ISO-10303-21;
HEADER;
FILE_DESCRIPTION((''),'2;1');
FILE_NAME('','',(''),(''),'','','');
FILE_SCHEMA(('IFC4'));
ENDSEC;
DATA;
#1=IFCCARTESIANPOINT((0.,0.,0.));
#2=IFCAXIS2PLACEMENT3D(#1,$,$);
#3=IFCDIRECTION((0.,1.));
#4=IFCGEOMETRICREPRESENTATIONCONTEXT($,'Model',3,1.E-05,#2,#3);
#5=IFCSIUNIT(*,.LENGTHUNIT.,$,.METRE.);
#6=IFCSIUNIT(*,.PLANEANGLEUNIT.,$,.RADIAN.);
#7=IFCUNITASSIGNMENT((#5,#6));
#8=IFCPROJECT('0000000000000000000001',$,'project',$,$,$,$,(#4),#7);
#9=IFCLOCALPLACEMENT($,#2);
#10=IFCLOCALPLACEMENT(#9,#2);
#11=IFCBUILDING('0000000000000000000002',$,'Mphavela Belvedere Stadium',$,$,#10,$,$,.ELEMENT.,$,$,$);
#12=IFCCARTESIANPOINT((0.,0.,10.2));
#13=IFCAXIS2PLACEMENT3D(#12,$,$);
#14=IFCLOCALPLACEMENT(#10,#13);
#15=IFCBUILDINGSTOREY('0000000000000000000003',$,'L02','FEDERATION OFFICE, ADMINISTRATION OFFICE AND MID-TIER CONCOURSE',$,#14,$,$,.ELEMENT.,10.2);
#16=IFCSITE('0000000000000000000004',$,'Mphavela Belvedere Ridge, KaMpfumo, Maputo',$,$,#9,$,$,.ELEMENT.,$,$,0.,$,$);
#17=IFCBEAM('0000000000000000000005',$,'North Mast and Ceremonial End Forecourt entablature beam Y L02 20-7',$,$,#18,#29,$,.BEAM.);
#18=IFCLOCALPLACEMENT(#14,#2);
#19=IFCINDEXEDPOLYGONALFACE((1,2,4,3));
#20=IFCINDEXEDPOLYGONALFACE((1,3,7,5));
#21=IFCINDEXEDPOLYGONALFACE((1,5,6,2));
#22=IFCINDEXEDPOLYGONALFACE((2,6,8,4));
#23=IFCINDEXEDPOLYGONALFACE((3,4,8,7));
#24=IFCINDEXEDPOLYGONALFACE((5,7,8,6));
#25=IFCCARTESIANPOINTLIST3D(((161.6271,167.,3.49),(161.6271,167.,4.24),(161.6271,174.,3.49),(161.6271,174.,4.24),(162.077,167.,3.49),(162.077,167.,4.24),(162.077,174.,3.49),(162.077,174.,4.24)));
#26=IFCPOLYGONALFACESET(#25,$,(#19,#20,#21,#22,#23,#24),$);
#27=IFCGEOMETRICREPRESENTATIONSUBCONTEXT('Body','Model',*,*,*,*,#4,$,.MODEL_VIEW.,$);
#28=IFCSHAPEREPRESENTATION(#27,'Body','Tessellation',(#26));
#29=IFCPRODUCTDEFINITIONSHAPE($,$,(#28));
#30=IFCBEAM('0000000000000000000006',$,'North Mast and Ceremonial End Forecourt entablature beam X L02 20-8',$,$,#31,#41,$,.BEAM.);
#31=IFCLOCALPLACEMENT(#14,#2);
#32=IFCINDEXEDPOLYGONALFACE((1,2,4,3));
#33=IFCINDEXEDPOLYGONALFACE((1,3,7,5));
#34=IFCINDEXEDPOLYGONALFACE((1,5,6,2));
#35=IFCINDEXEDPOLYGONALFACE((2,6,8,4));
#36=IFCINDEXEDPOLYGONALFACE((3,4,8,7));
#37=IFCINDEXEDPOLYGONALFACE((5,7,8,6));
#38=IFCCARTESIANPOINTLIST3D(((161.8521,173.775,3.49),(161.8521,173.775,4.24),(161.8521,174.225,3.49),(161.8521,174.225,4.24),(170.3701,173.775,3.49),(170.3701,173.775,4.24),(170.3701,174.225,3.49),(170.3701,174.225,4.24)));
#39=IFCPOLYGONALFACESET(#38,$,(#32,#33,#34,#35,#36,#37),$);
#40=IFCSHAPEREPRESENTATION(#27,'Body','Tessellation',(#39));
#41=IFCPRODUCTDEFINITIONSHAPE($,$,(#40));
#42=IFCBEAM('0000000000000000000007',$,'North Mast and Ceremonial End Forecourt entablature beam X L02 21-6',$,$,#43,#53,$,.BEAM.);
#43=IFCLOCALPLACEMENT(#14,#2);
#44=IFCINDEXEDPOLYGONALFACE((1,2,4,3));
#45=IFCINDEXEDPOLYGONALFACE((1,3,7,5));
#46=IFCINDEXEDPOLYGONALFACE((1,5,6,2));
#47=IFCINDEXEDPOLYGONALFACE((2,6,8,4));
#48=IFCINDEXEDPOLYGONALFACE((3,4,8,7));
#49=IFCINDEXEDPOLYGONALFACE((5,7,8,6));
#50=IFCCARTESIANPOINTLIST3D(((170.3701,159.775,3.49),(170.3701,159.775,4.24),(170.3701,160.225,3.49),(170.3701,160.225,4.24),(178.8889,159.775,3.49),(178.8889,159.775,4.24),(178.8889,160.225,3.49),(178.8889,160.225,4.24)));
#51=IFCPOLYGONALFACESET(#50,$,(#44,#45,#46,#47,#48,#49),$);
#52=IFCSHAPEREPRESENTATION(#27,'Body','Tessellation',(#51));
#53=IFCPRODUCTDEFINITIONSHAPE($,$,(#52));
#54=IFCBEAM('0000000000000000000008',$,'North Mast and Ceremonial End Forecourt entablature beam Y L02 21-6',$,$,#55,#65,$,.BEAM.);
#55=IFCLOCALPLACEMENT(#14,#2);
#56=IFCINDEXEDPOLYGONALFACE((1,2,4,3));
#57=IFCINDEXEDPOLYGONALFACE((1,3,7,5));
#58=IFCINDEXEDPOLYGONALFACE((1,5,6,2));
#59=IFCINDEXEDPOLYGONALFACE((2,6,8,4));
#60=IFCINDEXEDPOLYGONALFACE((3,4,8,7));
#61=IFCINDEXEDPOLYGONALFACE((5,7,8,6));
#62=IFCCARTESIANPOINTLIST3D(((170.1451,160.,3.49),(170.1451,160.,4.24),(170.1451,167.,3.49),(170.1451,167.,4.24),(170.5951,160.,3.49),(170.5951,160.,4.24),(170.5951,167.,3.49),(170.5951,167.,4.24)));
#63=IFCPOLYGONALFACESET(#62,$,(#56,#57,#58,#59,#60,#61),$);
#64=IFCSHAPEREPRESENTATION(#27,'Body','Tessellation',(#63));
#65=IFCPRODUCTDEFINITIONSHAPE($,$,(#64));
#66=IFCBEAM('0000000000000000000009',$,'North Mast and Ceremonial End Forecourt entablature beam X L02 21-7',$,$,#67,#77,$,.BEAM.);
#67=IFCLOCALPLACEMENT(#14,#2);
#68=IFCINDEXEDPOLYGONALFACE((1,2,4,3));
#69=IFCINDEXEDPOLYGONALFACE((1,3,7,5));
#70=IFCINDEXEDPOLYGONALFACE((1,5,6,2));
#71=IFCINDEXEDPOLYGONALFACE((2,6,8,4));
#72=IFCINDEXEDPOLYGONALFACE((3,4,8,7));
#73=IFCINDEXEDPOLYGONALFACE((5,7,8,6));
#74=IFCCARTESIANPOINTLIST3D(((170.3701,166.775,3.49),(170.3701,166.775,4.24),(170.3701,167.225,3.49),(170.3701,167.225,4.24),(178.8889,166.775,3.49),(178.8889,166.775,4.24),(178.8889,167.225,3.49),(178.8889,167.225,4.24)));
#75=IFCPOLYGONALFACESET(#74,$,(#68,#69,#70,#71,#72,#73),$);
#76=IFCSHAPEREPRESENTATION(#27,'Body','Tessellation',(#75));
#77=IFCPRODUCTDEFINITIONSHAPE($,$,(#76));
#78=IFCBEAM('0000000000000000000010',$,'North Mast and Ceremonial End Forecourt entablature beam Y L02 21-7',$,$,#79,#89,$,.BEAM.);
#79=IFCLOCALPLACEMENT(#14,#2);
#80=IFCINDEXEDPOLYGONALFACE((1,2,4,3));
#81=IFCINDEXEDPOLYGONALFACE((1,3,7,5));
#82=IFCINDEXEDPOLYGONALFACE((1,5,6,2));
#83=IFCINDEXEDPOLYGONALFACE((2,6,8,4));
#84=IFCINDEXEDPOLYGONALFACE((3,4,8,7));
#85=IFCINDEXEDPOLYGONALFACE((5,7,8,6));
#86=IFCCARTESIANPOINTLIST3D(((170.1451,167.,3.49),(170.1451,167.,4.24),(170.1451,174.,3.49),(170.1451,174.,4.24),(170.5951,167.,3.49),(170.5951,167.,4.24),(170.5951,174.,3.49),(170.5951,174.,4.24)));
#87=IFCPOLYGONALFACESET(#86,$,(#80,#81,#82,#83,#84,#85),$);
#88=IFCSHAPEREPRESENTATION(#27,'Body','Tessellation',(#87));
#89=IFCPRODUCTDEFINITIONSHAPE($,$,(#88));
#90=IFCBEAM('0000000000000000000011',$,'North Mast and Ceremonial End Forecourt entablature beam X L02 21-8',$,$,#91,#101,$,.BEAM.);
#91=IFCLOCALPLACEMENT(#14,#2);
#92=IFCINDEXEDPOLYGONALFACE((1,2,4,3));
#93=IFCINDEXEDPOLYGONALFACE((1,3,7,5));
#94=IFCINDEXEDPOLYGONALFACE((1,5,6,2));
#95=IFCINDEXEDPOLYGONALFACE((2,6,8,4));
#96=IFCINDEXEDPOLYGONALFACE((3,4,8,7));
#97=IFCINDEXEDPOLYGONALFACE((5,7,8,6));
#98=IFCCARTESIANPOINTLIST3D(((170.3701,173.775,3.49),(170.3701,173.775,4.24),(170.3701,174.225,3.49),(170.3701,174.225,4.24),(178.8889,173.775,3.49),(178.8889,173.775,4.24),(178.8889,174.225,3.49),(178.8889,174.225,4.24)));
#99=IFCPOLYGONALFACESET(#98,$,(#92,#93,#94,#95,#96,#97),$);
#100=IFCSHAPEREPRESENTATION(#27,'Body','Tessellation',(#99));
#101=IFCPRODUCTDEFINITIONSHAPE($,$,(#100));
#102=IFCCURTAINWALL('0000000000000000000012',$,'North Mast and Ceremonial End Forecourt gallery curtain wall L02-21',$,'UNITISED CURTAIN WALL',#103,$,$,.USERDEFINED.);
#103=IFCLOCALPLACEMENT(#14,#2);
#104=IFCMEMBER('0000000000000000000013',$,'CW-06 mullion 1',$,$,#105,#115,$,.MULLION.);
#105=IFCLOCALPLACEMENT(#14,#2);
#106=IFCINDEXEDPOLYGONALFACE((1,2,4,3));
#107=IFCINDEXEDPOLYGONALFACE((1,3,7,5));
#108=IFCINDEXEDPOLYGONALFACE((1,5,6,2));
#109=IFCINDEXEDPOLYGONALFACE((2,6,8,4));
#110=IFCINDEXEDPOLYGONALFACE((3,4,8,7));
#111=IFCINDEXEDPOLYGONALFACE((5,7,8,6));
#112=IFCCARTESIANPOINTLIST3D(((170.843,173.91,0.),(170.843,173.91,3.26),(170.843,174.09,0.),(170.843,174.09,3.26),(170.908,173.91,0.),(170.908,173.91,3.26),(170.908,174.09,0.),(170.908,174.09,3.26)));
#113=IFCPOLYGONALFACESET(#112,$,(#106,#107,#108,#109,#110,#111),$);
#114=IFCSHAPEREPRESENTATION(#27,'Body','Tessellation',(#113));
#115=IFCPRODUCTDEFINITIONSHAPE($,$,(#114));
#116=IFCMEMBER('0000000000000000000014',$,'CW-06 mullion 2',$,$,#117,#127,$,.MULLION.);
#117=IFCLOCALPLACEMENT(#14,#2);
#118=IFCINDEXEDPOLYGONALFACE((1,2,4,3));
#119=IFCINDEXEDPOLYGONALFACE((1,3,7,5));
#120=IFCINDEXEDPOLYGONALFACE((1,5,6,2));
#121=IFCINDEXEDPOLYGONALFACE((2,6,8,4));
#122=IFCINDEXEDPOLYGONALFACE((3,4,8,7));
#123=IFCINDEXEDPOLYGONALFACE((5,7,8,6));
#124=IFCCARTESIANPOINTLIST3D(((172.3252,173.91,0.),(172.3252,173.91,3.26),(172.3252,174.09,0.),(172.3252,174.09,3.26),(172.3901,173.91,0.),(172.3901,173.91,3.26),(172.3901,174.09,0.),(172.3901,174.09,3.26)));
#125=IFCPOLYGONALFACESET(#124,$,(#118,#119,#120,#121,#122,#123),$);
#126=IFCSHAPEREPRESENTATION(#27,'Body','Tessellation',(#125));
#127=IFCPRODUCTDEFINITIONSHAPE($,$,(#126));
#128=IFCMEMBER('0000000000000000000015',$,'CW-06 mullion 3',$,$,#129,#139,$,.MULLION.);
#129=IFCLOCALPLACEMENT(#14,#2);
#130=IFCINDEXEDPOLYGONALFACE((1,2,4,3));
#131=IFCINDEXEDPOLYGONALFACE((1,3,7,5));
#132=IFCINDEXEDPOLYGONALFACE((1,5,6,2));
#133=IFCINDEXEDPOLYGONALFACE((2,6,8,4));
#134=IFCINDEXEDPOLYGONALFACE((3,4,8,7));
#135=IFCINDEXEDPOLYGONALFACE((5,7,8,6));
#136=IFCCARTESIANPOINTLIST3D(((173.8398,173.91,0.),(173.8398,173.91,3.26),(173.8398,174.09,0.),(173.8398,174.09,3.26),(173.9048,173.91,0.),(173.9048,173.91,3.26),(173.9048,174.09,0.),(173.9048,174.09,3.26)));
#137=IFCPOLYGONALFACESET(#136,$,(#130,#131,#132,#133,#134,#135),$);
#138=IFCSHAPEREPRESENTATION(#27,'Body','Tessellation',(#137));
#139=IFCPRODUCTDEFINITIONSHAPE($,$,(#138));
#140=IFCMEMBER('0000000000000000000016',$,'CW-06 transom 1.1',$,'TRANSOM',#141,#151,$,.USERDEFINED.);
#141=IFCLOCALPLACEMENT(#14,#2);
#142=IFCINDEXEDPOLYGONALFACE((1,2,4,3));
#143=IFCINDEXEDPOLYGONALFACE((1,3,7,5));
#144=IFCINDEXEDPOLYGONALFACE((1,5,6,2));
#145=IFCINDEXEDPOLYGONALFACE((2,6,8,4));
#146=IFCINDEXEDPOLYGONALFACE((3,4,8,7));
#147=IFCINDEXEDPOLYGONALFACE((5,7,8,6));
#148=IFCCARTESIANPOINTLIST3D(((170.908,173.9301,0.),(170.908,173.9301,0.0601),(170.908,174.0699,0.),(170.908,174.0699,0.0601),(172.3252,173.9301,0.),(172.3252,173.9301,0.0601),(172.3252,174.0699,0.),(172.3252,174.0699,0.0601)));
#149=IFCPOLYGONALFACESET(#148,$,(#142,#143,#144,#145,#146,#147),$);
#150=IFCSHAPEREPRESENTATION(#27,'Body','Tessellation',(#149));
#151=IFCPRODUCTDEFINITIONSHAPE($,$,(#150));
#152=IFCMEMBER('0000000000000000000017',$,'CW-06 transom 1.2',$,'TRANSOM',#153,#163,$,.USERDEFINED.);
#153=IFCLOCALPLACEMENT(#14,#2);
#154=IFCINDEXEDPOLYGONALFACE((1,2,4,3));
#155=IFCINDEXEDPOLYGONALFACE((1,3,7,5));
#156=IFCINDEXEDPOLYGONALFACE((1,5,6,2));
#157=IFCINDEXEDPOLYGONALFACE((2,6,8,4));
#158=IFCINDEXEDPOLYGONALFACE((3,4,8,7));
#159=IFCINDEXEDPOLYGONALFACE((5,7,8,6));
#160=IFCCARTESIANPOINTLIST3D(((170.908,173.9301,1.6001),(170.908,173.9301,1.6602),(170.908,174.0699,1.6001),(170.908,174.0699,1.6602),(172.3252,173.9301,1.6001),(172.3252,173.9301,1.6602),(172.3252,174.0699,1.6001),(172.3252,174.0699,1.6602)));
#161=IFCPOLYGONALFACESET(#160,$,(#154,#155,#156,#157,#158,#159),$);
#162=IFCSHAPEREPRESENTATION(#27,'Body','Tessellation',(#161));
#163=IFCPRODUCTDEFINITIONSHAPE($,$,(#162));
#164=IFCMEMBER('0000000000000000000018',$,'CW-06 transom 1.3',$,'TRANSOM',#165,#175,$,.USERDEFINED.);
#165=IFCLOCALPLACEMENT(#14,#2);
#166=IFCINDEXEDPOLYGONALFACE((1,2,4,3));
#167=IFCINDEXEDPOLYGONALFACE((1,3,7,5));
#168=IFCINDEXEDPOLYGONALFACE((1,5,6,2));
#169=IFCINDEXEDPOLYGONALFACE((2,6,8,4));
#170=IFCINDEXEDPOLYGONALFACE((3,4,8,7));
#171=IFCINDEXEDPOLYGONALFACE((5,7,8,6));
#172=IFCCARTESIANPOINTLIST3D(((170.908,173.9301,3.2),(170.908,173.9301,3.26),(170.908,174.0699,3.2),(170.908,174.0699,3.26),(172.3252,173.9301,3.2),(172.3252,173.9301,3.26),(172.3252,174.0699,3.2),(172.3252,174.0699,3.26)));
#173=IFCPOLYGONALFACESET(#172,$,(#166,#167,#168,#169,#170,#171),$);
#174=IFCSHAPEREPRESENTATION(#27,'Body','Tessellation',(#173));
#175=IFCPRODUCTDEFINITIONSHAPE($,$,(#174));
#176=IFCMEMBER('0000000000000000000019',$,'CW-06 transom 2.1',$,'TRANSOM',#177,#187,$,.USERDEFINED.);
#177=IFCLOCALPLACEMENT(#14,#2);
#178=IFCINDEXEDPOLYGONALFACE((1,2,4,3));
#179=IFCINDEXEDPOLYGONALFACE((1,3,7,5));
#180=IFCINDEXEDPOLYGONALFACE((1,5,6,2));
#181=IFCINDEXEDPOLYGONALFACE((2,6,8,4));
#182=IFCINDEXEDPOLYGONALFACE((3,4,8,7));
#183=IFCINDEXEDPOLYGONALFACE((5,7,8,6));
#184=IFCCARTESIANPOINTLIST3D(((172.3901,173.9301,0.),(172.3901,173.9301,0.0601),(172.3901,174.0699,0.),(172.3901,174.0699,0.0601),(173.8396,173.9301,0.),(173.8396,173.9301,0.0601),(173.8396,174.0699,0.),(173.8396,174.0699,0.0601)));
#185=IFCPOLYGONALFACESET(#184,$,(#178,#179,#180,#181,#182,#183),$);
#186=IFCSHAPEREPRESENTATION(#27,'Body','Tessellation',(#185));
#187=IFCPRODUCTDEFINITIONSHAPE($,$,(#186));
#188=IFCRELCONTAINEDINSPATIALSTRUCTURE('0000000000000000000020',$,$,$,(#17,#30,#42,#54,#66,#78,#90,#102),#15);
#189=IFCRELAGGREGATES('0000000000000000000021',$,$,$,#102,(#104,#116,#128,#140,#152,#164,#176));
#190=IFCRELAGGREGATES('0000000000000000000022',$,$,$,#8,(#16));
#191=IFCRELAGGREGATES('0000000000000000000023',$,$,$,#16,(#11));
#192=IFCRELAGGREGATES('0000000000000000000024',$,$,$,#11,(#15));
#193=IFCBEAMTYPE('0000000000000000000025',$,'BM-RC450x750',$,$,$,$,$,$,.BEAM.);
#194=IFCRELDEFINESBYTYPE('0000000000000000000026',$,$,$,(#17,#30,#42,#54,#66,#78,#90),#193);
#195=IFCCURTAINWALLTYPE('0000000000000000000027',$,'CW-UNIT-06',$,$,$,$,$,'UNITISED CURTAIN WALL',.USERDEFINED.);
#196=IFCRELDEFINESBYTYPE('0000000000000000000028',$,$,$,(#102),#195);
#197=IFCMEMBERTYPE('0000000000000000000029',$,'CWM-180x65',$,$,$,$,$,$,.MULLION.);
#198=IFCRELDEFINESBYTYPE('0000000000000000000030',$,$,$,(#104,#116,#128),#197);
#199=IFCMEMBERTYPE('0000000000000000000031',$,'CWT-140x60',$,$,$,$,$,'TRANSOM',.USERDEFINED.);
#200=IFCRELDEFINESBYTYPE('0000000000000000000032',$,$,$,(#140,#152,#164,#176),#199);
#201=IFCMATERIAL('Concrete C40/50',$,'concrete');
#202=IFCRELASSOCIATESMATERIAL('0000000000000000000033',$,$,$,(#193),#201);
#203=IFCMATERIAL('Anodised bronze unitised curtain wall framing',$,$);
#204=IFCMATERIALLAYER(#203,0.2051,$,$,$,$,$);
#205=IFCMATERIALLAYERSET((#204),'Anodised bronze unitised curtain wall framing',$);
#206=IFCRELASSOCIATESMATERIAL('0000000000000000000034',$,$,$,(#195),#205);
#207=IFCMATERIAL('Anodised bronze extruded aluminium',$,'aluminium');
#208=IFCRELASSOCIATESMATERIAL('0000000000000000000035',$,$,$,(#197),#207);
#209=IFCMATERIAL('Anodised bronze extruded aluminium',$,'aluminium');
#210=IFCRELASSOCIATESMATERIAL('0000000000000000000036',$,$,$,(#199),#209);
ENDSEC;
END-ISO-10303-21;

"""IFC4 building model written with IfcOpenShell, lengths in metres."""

from ifc_helpers import new_model, si_unit, direction, frame, origin, origin_2d, place, context, subcontext, project, spatial, rectangle, extrude, material, layer, layer_set, material_profile, profile_set, type_object, element, aggregate, save


model = new_model("IFC4")

# Units and contexts
model_context = context("Model", 3, precision=1e-05, world=origin(), true_north=direction((0.0, 1.0)))
body_context = subcontext(model_context, "Body", "Model", "MODEL_VIEW")
ifc_project = project(units=[si_unit("LENGTHUNIT", "METRE"), si_unit("PLANEANGLEUNIT", "RADIAN")], contexts=[model_context])

# Site, building, storey
site_placement = place(None, origin())
site = spatial("IfcSite", under=ifc_project, at=site_placement, Name="Mphavela Belvedere Ridge, KaMpfumo, Maputo", CompositionType="ELEMENT", RefElevation=0.0)
building_placement = place(site_placement, origin())
building = spatial("IfcBuilding", under=site, at=building_placement, Name="Mphavela Belvedere Stadium", CompositionType="ELEMENT")
storey_placement = place(building_placement, frame((0.0, 0.0, 10.2)))
storey = spatial("IfcBuildingStorey", under=building, at=storey_placement, Name="L02", Description="FEDERATION OFFICE, ADMINISTRATION OFFICE AND MID-TIER CONCOURSE", CompositionType="ELEMENT", Elevation=10.2)

# Beams
ifc_material_1 = material(Name="Concrete C40/50", Category="concrete")
ifc_material_profile_1 = material_profile(ifc_material_1, rectangle(XDim=0.45, YDim=0.75, at=origin_2d()), Name="RC 450x750")
ifc_profile_set_1 = profile_set([ifc_material_profile_1], Name="Concrete C40/50")
beam_type_1 = type_object("IfcBeamType", Name="BM-RC450x750", PredefinedType="BEAM", material=ifc_profile_set_1)
beam_1_placement = place(storey_placement, frame((161.8521, 167.0, 3.865), z_axis=(0.0, 1.0, 0.0), x_axis=(-1.0, 0.0, 0.0)))
element("IfcBeam", 1, at=beam_1_placement, inside=storey, type_object=beam_type_1, Name="North Mast and Ceremonial End Forecourt entablature beam Y L02 20-7", PredefinedType="BEAM", context=body_context, shape_type="SweptSolid", body=[
    extrude(rectangle(XDim=0.45, YDim=0.75, at=origin_2d()), origin(), (0.0, 0.0, 1.0), 7.0),
])
beam_2_placement = place(storey_placement, frame((161.8521, 174.0, 3.865), z_axis=(1.0, 0.0, 0.0), x_axis=(0.0, 1.0, 0.0)))
element("IfcBeam", 2, at=beam_2_placement, inside=storey, type_object=beam_type_1, Name="North Mast and Ceremonial End Forecourt entablature beam X L02 20-8", PredefinedType="BEAM", context=body_context, shape_type="SweptSolid", body=[
    extrude(rectangle(XDim=0.45, YDim=0.75, at=origin_2d()), origin(), (0.0, 0.0, 1.0), 8.5181),
])
beam_3_placement = place(storey_placement, frame((170.3701, 160.0, 3.865), z_axis=(1.0, 0.0, 0.0), x_axis=(0.0, 1.0, 0.0)))
element("IfcBeam", 3, at=beam_3_placement, inside=storey, type_object=beam_type_1, Name="North Mast and Ceremonial End Forecourt entablature beam X L02 21-6", PredefinedType="BEAM", context=body_context, shape_type="SweptSolid", body=[
    extrude(rectangle(XDim=0.45, YDim=0.75, at=origin_2d()), origin(), (0.0, 0.0, 1.0), 8.5188),
])
beam_4_placement = place(storey_placement, frame((170.3701, 160.0, 3.865), z_axis=(0.0, 1.0, 0.0), x_axis=(-1.0, 0.0, 0.0)))
element("IfcBeam", 4, at=beam_4_placement, inside=storey, type_object=beam_type_1, Name="North Mast and Ceremonial End Forecourt entablature beam Y L02 21-6", PredefinedType="BEAM", context=body_context, shape_type="SweptSolid", body=[
    extrude(rectangle(XDim=0.45, YDim=0.75, at=origin_2d()), origin(), (0.0, 0.0, 1.0), 7.0),
])
beam_5_placement = place(storey_placement, frame((170.3701, 167.0, 3.865), z_axis=(1.0, 0.0, 0.0), x_axis=(0.0, 1.0, 0.0)))
element("IfcBeam", 5, at=beam_5_placement, inside=storey, type_object=beam_type_1, Name="North Mast and Ceremonial End Forecourt entablature beam X L02 21-7", PredefinedType="BEAM", context=body_context, shape_type="SweptSolid", body=[
    extrude(rectangle(XDim=0.45, YDim=0.75, at=origin_2d()), origin(), (0.0, 0.0, 1.0), 8.5188),
])
beam_6_placement = place(storey_placement, frame((170.3701, 167.0, 3.865), z_axis=(0.0, 1.0, 0.0), x_axis=(-1.0, 0.0, 0.0)))
element("IfcBeam", 6, at=beam_6_placement, inside=storey, type_object=beam_type_1, Name="North Mast and Ceremonial End Forecourt entablature beam Y L02 21-7", PredefinedType="BEAM", context=body_context, shape_type="SweptSolid", body=[
    extrude(rectangle(XDim=0.45, YDim=0.75, at=origin_2d()), origin(), (0.0, 0.0, 1.0), 7.0),
])
beam_7_placement = place(storey_placement, frame((170.3701, 174.0, 3.865), z_axis=(1.0, 0.0, 0.0), x_axis=(0.0, 1.0, 0.0)))
element("IfcBeam", 7, at=beam_7_placement, inside=storey, type_object=beam_type_1, Name="North Mast and Ceremonial End Forecourt entablature beam X L02 21-8", PredefinedType="BEAM", context=body_context, shape_type="SweptSolid", body=[
    extrude(rectangle(XDim=0.45, YDim=0.75, at=origin_2d()), origin(), (0.0, 0.0, 1.0), 8.5188),
])

# Curtain wall, members
ifc_material_2 = material(Name="Anodised bronze unitised curtain wall framing")
ifc_layer_1 = layer(ifc_material_2, 0.2051)
ifc_layer_set_1 = layer_set([ifc_layer_1], Name="Anodised bronze unitised curtain wall framing")
curtain_wall_type = type_object("IfcCurtainWallType", Name="CW-UNIT-06", ElementType="UNITISED CURTAIN WALL", PredefinedType="USERDEFINED", material=ifc_layer_set_1)
curtain_wall_placement = place(storey_placement, origin())
curtain_wall = element("IfcCurtainWall", 8, at=curtain_wall_placement, inside=storey, type_object=curtain_wall_type, Name="North Mast and Ceremonial End Forecourt gallery curtain wall L02-21", ObjectType="UNITISED CURTAIN WALL", PredefinedType="USERDEFINED")
ifc_material_3 = material(Name="Anodised bronze extruded aluminium", Category="aluminium")
ifc_material_profile_2 = material_profile(ifc_material_3, rectangle(XDim=0.1799, YDim=0.0649, at=origin_2d()), Name="CW-MUL 180x65")
ifc_profile_set_2 = profile_set([ifc_material_profile_2], Name="Anodised bronze extruded aluminium")
member_type_1 = type_object("IfcMemberType", Name="CWM-180x65", PredefinedType="MULLION", material=ifc_profile_set_2)
member_1_placement = place(storey_placement, frame((170.8755, 174.0, 0.0), z_axis=(0.0, 0.0, 1.0), x_axis=(0.0, 1.0, 0.0)))
member_1 = element("IfcMember", 9, at=member_1_placement, type_object=member_type_1, Name="CW-06 mullion 1", PredefinedType="MULLION", context=body_context, shape_type="SweptSolid", body=[
    extrude(rectangle(XDim=0.1799, YDim=0.0649, at=origin_2d()), origin(), (0.0, 0.0, 1.0), 3.26),
])
member_2_placement = place(storey_placement, frame((172.3577, 174.0, 0.0), z_axis=(0.0, 0.0, 1.0), x_axis=(0.0, 1.0, 0.0)))
member_2 = element("IfcMember", 10, at=member_2_placement, type_object=member_type_1, Name="CW-06 mullion 2", PredefinedType="MULLION", context=body_context, shape_type="SweptSolid", body=[
    extrude(rectangle(XDim=0.1799, YDim=0.0649, at=origin_2d()), origin(), (0.0, 0.0, 1.0), 3.26),
])
member_3_placement = place(storey_placement, frame((173.8723, 174.0, 0.0), z_axis=(0.0, 0.0, 1.0), x_axis=(0.0, 1.0, 0.0)))
member_3 = element("IfcMember", 11, at=member_3_placement, type_object=member_type_1, Name="CW-06 mullion 3", PredefinedType="MULLION", context=body_context, shape_type="SweptSolid", body=[
    extrude(rectangle(XDim=0.1799, YDim=0.0649, at=origin_2d()), origin(), (0.0, 0.0, 1.0), 3.26),
])
ifc_material_4 = material(Name="Anodised bronze extruded aluminium", Category="aluminium")
ifc_material_profile_3 = material_profile(ifc_material_4, rectangle(XDim=0.1399, YDim=0.0601, at=origin_2d()), Name="CW-TRN 140x60")
ifc_profile_set_3 = profile_set([ifc_material_profile_3], Name="Anodised bronze extruded aluminium")
member_type_2 = type_object("IfcMemberType", Name="CWT-140x60", ElementType="TRANSOM", PredefinedType="USERDEFINED", material=ifc_profile_set_3)
member_4_placement = place(storey_placement, frame((170.908, 174.0, 0.03), z_axis=(1.0, 0.0, 0.0), x_axis=(0.0, 1.0, 0.0)))
member_4 = element("IfcMember", 12, at=member_4_placement, type_object=member_type_2, Name="CW-06 transom 1.1", ObjectType="TRANSOM", PredefinedType="USERDEFINED", context=body_context, shape_type="SweptSolid", body=[
    extrude(rectangle(XDim=0.1399, YDim=0.0601, at=origin_2d()), origin(), (0.0, 0.0, 1.0), 1.4172),
])
member_5_placement = place(storey_placement, frame((170.908, 174.0, 1.6301), z_axis=(1.0, 0.0, 0.0), x_axis=(0.0, 1.0, 0.0)))
member_5 = element("IfcMember", 13, at=member_5_placement, type_object=member_type_2, Name="CW-06 transom 1.2", ObjectType="TRANSOM", PredefinedType="USERDEFINED", context=body_context, shape_type="SweptSolid", body=[
    extrude(rectangle(XDim=0.1399, YDim=0.0601, at=origin_2d()), origin(), (0.0, 0.0, 1.0), 1.4172),
])
member_6_placement = place(storey_placement, frame((170.908, 174.0, 3.23), z_axis=(1.0, 0.0, 0.0), x_axis=(0.0, 1.0, 0.0)))
member_6 = element("IfcMember", 14, at=member_6_placement, type_object=member_type_2, Name="CW-06 transom 1.3", ObjectType="TRANSOM", PredefinedType="USERDEFINED", context=body_context, shape_type="SweptSolid", body=[
    extrude(rectangle(XDim=0.1399, YDim=0.0601, at=origin_2d()), origin(), (0.0, 0.0, 1.0), 1.4172),
])
member_7_placement = place(storey_placement, frame((172.3901, 174.0, 0.03), z_axis=(1.0, 0.0, 0.0), x_axis=(0.0, 1.0, 0.0)))
member_7 = element("IfcMember", 15, at=member_7_placement, type_object=member_type_2, Name="CW-06 transom 2.1", ObjectType="TRANSOM", PredefinedType="USERDEFINED", context=body_context, shape_type="SweptSolid", body=[
    extrude(rectangle(XDim=0.1399, YDim=0.0601, at=origin_2d()), origin(), (0.0, 0.0, 1.0), 1.4495),
])
aggregate(curtain_wall, [member_1, member_2, member_3, member_4, member_5, member_6, member_7])

save(model, "model.ifc")
